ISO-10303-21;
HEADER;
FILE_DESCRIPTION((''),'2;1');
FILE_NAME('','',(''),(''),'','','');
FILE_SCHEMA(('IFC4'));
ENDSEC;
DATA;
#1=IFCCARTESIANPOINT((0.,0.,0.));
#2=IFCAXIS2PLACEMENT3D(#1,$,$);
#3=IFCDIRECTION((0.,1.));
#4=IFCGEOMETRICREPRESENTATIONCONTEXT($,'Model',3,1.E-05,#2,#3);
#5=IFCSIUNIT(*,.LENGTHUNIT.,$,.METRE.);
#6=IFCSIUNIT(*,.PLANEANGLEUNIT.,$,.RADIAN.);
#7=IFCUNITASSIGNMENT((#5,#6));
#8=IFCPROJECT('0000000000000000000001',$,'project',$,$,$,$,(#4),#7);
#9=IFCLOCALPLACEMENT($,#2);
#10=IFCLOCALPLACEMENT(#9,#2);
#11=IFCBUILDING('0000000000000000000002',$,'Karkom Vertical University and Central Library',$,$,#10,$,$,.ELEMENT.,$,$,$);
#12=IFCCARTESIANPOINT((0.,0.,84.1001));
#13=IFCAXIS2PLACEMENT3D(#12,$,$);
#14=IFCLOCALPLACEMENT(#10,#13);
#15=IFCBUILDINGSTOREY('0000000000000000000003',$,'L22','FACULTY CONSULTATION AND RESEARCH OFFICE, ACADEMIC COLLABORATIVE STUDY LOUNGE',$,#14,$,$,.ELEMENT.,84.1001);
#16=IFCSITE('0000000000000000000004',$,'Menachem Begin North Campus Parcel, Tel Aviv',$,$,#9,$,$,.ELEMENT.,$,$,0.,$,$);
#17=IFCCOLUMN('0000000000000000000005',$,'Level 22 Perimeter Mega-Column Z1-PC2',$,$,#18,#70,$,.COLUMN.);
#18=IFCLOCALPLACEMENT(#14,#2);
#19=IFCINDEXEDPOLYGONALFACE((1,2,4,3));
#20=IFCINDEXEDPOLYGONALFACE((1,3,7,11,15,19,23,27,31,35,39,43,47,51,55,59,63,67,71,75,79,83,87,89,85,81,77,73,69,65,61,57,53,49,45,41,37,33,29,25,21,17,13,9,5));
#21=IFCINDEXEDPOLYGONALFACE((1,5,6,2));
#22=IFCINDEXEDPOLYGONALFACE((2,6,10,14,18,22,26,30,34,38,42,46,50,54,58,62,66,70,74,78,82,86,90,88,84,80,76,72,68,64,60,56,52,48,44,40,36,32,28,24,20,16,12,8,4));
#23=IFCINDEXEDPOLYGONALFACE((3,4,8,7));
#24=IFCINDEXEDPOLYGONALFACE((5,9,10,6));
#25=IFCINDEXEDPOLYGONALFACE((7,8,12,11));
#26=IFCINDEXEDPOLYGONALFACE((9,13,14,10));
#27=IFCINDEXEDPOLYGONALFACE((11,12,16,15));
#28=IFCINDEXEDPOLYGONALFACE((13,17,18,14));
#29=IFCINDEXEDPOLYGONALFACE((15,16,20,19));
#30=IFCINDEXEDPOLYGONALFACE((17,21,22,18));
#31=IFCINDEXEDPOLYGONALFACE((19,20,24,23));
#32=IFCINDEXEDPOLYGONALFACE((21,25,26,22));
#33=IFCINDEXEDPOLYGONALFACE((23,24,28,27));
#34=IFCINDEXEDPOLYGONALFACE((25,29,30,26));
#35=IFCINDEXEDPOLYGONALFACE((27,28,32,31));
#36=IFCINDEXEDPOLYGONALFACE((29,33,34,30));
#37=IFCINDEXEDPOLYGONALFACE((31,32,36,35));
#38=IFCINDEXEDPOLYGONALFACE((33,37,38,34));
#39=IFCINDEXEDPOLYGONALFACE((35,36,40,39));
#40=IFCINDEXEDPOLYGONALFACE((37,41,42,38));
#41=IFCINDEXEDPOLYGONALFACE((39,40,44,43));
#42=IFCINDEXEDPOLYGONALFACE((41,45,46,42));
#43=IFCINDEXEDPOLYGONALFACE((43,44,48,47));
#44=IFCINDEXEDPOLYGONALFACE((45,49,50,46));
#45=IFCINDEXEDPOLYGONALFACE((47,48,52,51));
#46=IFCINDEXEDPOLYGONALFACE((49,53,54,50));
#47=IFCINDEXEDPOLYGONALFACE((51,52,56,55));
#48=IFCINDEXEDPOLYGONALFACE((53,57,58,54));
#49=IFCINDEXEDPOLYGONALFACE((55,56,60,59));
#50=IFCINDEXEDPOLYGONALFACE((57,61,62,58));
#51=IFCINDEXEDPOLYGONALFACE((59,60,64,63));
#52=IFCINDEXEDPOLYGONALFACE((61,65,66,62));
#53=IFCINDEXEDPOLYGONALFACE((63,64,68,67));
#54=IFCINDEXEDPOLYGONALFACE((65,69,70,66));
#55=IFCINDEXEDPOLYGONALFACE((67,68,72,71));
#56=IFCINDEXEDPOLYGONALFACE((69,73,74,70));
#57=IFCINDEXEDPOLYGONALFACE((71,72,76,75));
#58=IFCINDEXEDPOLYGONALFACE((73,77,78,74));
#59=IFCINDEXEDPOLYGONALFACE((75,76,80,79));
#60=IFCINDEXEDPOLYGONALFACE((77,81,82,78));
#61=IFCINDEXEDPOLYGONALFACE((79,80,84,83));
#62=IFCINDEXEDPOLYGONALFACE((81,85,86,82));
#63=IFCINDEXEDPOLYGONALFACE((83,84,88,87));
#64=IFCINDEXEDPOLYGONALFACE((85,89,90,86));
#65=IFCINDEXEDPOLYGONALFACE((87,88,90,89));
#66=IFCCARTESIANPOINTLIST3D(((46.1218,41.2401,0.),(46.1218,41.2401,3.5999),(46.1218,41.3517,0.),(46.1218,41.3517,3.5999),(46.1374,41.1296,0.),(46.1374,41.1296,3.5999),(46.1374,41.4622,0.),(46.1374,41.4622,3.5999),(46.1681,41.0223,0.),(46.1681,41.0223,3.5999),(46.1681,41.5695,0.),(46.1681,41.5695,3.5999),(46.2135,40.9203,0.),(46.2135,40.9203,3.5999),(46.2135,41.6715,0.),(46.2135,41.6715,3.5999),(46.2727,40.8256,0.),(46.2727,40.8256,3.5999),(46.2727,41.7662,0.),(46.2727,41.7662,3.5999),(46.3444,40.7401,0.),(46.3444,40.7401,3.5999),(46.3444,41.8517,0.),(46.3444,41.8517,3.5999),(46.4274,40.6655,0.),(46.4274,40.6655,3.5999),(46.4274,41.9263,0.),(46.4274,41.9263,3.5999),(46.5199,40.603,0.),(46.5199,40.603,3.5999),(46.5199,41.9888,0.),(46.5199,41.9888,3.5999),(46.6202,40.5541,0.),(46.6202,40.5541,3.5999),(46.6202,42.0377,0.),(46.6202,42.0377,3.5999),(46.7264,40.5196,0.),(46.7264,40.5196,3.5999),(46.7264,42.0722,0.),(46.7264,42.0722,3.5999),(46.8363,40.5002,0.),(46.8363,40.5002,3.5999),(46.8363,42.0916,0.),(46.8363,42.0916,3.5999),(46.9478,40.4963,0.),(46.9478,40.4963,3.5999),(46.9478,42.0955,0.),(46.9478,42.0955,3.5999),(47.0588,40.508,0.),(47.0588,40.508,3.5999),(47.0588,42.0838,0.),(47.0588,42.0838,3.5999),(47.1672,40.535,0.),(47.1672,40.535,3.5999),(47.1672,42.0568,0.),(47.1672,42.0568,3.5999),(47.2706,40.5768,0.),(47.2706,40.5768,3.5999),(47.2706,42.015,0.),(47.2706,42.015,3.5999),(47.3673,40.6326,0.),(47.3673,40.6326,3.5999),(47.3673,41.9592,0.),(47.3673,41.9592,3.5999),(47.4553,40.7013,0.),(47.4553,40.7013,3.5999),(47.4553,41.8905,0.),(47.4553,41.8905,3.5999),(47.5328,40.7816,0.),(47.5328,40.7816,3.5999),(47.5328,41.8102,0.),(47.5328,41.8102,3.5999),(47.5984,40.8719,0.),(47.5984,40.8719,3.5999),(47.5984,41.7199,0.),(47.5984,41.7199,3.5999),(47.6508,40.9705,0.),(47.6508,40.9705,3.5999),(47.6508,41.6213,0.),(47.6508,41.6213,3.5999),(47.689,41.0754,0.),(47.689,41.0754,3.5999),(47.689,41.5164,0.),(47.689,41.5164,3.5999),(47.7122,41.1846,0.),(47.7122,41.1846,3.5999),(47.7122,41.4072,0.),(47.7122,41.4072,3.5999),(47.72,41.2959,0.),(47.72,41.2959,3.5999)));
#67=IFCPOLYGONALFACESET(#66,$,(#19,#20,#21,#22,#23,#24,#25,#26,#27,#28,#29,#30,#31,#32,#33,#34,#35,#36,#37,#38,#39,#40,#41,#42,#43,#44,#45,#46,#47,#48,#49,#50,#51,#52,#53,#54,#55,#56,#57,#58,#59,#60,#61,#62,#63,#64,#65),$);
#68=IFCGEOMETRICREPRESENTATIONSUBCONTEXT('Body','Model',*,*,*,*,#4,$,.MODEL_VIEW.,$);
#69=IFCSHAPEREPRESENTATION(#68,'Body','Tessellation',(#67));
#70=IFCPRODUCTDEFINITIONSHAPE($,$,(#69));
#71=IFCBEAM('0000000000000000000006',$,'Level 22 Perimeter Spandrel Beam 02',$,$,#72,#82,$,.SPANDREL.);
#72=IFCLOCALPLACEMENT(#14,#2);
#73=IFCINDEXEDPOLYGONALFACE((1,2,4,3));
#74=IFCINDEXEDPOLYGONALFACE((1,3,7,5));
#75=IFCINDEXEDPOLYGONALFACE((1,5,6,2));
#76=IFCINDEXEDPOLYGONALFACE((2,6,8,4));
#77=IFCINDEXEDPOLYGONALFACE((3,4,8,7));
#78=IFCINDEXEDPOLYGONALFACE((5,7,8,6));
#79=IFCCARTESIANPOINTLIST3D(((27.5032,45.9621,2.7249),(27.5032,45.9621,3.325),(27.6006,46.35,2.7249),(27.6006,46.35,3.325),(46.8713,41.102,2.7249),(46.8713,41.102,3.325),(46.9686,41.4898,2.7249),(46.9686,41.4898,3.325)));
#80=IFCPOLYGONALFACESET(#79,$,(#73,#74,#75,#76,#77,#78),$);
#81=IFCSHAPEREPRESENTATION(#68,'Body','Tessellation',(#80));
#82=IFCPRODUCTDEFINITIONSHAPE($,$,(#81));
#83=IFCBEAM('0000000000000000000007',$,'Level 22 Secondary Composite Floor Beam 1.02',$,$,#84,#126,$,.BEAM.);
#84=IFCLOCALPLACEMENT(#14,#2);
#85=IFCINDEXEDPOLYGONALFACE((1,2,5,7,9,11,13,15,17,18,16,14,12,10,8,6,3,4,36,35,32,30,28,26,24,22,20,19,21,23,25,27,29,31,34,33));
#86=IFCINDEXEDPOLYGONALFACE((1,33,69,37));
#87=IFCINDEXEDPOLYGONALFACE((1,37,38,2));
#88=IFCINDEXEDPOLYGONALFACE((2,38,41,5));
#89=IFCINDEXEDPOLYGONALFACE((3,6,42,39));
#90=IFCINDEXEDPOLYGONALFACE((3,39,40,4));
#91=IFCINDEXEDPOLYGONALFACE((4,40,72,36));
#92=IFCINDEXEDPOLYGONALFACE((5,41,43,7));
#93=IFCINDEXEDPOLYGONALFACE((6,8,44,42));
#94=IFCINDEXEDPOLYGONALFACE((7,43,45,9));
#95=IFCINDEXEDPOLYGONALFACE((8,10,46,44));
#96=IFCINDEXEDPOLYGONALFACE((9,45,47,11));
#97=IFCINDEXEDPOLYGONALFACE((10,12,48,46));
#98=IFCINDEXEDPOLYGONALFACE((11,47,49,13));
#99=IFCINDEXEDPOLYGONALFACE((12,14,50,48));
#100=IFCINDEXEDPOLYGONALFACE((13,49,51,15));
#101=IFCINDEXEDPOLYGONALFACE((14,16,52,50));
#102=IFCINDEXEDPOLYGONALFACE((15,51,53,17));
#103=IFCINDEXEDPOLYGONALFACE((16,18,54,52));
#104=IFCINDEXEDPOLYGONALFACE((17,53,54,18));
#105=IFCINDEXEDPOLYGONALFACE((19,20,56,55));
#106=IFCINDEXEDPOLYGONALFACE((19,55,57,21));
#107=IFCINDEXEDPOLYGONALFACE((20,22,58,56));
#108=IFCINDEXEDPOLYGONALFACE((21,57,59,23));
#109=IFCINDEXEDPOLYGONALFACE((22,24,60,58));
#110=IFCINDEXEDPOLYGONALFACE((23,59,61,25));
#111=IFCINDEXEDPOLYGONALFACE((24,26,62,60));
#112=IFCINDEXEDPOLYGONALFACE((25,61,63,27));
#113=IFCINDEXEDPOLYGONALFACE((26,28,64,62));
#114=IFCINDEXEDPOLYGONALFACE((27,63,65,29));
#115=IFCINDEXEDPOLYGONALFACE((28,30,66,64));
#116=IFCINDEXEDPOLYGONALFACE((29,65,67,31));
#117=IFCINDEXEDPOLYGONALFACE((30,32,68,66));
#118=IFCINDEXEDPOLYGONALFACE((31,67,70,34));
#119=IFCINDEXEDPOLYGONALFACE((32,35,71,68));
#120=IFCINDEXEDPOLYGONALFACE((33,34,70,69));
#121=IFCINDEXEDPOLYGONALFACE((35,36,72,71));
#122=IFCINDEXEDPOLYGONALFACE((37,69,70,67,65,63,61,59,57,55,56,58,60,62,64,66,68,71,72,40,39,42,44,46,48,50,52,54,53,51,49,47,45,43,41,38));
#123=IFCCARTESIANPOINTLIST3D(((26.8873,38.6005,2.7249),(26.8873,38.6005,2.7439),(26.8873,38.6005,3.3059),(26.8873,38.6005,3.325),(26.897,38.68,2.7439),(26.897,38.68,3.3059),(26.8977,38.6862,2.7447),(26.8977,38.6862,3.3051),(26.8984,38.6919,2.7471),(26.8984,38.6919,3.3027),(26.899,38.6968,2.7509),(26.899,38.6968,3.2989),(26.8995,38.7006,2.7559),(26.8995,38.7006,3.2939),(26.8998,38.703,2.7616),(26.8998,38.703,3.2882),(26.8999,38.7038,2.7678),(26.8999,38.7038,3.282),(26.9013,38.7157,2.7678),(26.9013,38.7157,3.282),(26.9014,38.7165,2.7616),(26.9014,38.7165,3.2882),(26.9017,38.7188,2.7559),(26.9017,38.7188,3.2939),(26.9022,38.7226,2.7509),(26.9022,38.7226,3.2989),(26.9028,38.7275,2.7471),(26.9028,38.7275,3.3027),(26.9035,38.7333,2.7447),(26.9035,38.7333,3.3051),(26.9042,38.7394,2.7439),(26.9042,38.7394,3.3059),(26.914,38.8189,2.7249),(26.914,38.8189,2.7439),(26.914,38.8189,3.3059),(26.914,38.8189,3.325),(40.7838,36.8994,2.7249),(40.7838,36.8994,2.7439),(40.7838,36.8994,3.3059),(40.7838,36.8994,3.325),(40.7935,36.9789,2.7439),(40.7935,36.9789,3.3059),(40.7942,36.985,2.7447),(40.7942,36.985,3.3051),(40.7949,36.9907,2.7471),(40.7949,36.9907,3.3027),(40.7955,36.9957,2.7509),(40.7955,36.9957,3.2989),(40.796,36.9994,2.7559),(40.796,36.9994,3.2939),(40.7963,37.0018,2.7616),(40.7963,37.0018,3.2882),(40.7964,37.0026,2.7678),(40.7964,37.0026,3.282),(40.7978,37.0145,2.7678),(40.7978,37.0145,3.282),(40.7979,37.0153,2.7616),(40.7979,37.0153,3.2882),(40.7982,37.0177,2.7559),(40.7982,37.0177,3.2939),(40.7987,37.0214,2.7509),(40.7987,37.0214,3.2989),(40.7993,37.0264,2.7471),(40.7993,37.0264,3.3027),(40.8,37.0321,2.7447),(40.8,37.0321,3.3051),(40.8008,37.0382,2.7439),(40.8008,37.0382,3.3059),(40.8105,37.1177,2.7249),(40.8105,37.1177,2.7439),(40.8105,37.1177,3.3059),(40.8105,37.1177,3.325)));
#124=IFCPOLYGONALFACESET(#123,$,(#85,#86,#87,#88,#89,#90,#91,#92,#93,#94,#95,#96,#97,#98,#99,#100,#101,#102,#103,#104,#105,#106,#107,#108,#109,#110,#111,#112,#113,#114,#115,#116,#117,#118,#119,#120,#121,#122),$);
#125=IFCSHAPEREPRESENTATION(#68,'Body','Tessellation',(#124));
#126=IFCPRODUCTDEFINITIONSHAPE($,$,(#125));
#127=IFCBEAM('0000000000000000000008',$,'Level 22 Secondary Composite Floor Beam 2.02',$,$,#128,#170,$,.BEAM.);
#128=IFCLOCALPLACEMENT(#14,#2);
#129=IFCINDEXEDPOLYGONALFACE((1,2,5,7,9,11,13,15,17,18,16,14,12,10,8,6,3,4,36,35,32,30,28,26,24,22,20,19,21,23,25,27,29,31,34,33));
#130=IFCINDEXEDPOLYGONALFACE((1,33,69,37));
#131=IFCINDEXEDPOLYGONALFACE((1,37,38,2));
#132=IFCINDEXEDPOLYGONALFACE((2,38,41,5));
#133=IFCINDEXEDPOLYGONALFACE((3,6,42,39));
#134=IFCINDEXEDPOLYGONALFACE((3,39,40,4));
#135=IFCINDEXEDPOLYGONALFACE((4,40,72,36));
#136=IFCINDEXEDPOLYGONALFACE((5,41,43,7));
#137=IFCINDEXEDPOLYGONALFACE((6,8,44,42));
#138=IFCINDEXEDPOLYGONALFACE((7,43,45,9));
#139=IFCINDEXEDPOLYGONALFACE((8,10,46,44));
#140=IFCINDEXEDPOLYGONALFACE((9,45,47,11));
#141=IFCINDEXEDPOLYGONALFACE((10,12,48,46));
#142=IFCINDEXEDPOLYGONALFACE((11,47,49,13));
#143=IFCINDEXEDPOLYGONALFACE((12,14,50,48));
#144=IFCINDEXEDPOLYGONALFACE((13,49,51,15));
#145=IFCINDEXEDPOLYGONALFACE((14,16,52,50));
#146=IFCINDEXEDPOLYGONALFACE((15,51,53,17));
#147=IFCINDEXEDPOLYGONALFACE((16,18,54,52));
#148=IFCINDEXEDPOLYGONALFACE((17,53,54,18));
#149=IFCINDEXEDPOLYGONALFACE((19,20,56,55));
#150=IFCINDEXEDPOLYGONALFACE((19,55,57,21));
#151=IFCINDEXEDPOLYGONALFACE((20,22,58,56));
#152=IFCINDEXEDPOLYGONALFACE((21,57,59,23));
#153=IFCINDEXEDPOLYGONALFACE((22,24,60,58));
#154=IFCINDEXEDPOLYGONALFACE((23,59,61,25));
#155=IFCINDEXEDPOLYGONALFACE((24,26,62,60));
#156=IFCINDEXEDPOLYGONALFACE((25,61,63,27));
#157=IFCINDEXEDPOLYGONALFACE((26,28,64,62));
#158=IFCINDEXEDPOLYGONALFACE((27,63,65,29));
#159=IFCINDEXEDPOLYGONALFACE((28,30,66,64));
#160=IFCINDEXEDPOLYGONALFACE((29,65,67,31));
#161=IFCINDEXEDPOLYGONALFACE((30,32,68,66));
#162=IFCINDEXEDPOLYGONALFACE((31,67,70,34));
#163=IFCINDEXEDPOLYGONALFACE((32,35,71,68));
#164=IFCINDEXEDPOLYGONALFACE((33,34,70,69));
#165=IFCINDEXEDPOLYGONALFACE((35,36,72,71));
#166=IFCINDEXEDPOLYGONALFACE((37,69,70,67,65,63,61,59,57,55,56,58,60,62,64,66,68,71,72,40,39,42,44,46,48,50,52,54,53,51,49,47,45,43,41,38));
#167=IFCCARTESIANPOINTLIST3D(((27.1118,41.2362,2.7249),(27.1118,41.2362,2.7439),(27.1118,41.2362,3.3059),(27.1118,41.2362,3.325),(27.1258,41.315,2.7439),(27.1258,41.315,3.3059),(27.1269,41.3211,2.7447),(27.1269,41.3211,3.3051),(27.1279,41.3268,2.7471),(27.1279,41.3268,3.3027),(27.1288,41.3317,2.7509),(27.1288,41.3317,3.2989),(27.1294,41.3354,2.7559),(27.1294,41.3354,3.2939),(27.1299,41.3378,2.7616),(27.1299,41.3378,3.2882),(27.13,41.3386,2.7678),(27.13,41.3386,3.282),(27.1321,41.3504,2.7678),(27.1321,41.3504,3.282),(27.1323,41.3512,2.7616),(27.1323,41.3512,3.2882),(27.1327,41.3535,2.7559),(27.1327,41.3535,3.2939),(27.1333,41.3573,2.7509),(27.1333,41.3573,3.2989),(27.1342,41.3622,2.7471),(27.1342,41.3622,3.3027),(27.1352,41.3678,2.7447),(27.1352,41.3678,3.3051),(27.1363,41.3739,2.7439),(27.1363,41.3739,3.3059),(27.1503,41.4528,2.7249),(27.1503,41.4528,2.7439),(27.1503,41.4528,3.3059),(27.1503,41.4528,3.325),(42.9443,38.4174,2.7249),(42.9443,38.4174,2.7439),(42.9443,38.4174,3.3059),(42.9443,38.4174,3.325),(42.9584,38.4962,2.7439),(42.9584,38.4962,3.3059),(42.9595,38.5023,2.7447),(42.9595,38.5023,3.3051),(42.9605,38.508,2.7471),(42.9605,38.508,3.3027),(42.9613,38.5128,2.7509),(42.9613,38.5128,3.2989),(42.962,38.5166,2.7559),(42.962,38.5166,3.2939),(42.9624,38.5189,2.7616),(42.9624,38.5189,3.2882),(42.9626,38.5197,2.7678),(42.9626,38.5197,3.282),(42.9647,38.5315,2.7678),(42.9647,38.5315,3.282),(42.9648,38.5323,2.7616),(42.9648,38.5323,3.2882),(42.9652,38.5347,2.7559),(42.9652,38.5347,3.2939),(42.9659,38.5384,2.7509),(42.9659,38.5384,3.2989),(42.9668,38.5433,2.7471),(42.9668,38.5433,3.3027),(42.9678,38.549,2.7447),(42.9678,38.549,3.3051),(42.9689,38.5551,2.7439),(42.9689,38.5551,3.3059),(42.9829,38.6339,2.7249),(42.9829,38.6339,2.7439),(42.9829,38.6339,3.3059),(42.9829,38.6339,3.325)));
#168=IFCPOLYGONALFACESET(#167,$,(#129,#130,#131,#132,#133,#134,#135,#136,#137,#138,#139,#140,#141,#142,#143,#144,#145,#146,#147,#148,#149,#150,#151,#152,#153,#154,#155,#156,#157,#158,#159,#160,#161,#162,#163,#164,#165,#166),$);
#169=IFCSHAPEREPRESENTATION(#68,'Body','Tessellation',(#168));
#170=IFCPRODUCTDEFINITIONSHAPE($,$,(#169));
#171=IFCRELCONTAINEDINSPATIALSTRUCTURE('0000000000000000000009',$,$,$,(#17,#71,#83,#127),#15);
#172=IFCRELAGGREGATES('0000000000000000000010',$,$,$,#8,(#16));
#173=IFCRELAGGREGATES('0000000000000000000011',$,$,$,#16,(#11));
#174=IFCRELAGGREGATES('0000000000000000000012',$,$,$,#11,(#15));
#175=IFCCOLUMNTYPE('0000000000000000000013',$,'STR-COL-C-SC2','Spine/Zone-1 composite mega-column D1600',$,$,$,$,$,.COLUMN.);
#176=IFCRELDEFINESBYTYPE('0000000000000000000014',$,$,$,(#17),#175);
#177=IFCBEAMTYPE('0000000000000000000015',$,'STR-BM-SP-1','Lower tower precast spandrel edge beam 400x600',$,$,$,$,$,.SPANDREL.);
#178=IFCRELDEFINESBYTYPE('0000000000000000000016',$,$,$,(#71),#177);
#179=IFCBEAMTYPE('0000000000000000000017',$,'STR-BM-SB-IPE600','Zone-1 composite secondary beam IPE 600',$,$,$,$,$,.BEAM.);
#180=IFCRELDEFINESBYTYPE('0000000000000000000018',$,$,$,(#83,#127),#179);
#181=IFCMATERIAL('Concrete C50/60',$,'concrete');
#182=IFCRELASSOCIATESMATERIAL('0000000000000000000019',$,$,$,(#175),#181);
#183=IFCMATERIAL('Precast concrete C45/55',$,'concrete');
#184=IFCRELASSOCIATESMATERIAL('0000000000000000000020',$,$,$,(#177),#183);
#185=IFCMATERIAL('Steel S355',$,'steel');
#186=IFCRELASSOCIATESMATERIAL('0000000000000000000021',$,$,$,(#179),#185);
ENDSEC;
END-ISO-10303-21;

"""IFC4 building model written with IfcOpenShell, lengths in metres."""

from ifc_helpers import new_model, si_unit, direction, frame, origin, origin_with_axes, origin_2d, place, context, subcontext, project, spatial, rectangle, circle, i_section, extrude, source, transform, mapped, material, material_profile, profile_set, type_object, element, save


model = new_model("IFC4")

# Units and contexts
model_context = context("Model", 3, precision=1e-05, world=origin(), true_north=direction((0.0, 1.0)))
body_context = subcontext(model_context, "Body", "Model", "MODEL_VIEW")
ifc_project = project(units=[si_unit("LENGTHUNIT", "METRE"), si_unit("PLANEANGLEUNIT", "RADIAN")], contexts=[model_context])

# Site, building, storey
site_placement = place(None, origin())
site = spatial("IfcSite", under=ifc_project, at=site_placement, Name="Menachem Begin North Campus Parcel, Tel Aviv", CompositionType="ELEMENT", RefElevation=0.0)
building_placement = place(site_placement, origin())
building = spatial("IfcBuilding", under=site, at=building_placement, Name="Karkom Vertical University and Central Library", CompositionType="ELEMENT")
storey_placement = place(building_placement, frame((0.0, 0.0, 84.1001)))
storey = spatial("IfcBuildingStorey", under=building, at=storey_placement, Name="L22", Description="FACULTY CONSULTATION AND RESEARCH OFFICE, ACADEMIC COLLABORATIVE STUDY LOUNGE", CompositionType="ELEMENT", Elevation=84.1001)

# Column
ifc_material_1 = material(Name="Concrete C50/60", Category="concrete")
ifc_material_profile_1 = material_profile(ifc_material_1, circle(Radius=0.8, at=origin_2d()), Name="CFT-D1600")
ifc_profile_set_1 = profile_set([ifc_material_profile_1], Name="Concrete C50/60")
column_type = type_object("IfcColumnType", Name="STR-COL-C-SC2", Description="Spine/Zone-1 composite mega-column D1600", PredefinedType="COLUMN", material=ifc_profile_set_1)
shared_shape_1 = source(origin_with_axes(), body_context, "Body", "SweptSolid", [
    extrude(circle(Radius=0.8, at=origin_2d()), origin(), (0.0, 0.0, 1.0), 3.5999),
])
column_placement = place(storey_placement, frame((46.9199, 41.2959, 0.0), z_axis=(0.0, 0.0, 1.0), x_axis=(1.0, 0.0, 0.0)))
element("IfcColumn", 1, at=column_placement, inside=storey, type_object=column_type, Name="Level 22 Perimeter Mega-Column Z1-PC2", PredefinedType="COLUMN", context=body_context, shape_type="MappedRepresentation", body=[
    mapped(shared_shape_1, transform((0.0, 0.0, 0.0), scale=1.0)),
])

# Beams
ifc_material_2 = material(Name="Precast concrete C45/55", Category="concrete")
ifc_material_profile_2 = material_profile(ifc_material_2, rectangle(XDim=0.3999, YDim=0.6001, at=origin_2d()), Name="SPB-400x600")
ifc_profile_set_2 = profile_set([ifc_material_profile_2], Name="Precast concrete C45/55")
beam_type_1 = type_object("IfcBeamType", Name="STR-BM-SP-1", Description="Lower tower precast spandrel edge beam 400x600", PredefinedType="SPANDREL", material=ifc_profile_set_2)
shared_shape_2 = source(origin_with_axes(), body_context, "Body", "SweptSolid", [
    extrude(rectangle(XDim=0.3999, YDim=0.6001, at=origin_2d()), origin(), (0.0, 0.0, 1.0), 19.9685),
])
beam_1_placement = place(storey_placement, frame((46.9199, 41.2959, 3.0249), z_axis=(-0.969929, 0.24339, 0.0), x_axis=(-0.24339, -0.969929, 0.0)))
element("IfcBeam", 2, at=beam_1_placement, inside=storey, type_object=beam_type_1, Name="Level 22 Perimeter Spandrel Beam 02", PredefinedType="SPANDREL", context=body_context, shape_type="MappedRepresentation", body=[
    mapped(shared_shape_2, transform((0.0, 0.0, 0.0), scale=1.0)),
])
ifc_material_3 = material(Name="Steel S355", Category="steel")
ifc_material_profile_3 = material_profile(ifc_material_3, i_section(OverallWidth=0.22, OverallDepth=0.6001, WebThickness=0.012, FlangeThickness=0.019, FilletRadius=0.0239, at=origin_2d()), Name="IPE 600")
ifc_profile_set_3 = profile_set([ifc_material_profile_3], Name="Steel S355")
beam_type_2 = type_object("IfcBeamType", Name="STR-BM-SB-IPE600", Description="Zone-1 composite secondary beam IPE 600", PredefinedType="BEAM", material=ifc_profile_set_3)
shared_shape_3 = source(origin_with_axes(), body_context, "Body", "SweptSolid", [
    extrude(i_section(OverallWidth=0.22, OverallDepth=0.6001, WebThickness=0.012, FlangeThickness=0.019, FilletRadius=0.0239, at=origin_2d()), origin(), (0.0, 0.0, 1.0), 14.0002),
])
beam_2_placement = place(storey_placement, frame((40.7971, 37.0085, 3.0249), z_axis=(-0.99259, 0.12151, 0.0), x_axis=(-0.12151, -0.99259, 0.0)))
element("IfcBeam", 3, at=beam_2_placement, inside=storey, type_object=beam_type_2, Name="Level 22 Secondary Composite Floor Beam 1.02", PredefinedType="BEAM", context=body_context, shape_type="MappedRepresentation", body=[
    mapped(shared_shape_3, transform((0.0, 0.0, 0.0), scale=1.0)),
])
shared_shape_4 = source(origin_with_axes(), body_context, "Body", "SweptSolid", [
    extrude(i_section(OverallWidth=0.22, OverallDepth=0.6001, WebThickness=0.012, FlangeThickness=0.019, FilletRadius=0.0239, at=origin_2d()), origin(), (0.0, 0.0, 1.0), 16.0815),
])
beam_3_placement = place(storey_placement, frame((42.9636, 38.5256, 3.0249), z_axis=(-0.984518, 0.175285, 0.0), x_axis=(-0.175285, -0.984518, 0.0)))
element("IfcBeam", 4, at=beam_3_placement, inside=storey, type_object=beam_type_2, Name="Level 22 Secondary Composite Floor Beam 2.02", PredefinedType="BEAM", context=body_context, shape_type="MappedRepresentation", body=[
    mapped(shared_shape_4, transform((0.0, 0.0, 0.0), scale=1.0)),
])

save(model, "model.ifc")
